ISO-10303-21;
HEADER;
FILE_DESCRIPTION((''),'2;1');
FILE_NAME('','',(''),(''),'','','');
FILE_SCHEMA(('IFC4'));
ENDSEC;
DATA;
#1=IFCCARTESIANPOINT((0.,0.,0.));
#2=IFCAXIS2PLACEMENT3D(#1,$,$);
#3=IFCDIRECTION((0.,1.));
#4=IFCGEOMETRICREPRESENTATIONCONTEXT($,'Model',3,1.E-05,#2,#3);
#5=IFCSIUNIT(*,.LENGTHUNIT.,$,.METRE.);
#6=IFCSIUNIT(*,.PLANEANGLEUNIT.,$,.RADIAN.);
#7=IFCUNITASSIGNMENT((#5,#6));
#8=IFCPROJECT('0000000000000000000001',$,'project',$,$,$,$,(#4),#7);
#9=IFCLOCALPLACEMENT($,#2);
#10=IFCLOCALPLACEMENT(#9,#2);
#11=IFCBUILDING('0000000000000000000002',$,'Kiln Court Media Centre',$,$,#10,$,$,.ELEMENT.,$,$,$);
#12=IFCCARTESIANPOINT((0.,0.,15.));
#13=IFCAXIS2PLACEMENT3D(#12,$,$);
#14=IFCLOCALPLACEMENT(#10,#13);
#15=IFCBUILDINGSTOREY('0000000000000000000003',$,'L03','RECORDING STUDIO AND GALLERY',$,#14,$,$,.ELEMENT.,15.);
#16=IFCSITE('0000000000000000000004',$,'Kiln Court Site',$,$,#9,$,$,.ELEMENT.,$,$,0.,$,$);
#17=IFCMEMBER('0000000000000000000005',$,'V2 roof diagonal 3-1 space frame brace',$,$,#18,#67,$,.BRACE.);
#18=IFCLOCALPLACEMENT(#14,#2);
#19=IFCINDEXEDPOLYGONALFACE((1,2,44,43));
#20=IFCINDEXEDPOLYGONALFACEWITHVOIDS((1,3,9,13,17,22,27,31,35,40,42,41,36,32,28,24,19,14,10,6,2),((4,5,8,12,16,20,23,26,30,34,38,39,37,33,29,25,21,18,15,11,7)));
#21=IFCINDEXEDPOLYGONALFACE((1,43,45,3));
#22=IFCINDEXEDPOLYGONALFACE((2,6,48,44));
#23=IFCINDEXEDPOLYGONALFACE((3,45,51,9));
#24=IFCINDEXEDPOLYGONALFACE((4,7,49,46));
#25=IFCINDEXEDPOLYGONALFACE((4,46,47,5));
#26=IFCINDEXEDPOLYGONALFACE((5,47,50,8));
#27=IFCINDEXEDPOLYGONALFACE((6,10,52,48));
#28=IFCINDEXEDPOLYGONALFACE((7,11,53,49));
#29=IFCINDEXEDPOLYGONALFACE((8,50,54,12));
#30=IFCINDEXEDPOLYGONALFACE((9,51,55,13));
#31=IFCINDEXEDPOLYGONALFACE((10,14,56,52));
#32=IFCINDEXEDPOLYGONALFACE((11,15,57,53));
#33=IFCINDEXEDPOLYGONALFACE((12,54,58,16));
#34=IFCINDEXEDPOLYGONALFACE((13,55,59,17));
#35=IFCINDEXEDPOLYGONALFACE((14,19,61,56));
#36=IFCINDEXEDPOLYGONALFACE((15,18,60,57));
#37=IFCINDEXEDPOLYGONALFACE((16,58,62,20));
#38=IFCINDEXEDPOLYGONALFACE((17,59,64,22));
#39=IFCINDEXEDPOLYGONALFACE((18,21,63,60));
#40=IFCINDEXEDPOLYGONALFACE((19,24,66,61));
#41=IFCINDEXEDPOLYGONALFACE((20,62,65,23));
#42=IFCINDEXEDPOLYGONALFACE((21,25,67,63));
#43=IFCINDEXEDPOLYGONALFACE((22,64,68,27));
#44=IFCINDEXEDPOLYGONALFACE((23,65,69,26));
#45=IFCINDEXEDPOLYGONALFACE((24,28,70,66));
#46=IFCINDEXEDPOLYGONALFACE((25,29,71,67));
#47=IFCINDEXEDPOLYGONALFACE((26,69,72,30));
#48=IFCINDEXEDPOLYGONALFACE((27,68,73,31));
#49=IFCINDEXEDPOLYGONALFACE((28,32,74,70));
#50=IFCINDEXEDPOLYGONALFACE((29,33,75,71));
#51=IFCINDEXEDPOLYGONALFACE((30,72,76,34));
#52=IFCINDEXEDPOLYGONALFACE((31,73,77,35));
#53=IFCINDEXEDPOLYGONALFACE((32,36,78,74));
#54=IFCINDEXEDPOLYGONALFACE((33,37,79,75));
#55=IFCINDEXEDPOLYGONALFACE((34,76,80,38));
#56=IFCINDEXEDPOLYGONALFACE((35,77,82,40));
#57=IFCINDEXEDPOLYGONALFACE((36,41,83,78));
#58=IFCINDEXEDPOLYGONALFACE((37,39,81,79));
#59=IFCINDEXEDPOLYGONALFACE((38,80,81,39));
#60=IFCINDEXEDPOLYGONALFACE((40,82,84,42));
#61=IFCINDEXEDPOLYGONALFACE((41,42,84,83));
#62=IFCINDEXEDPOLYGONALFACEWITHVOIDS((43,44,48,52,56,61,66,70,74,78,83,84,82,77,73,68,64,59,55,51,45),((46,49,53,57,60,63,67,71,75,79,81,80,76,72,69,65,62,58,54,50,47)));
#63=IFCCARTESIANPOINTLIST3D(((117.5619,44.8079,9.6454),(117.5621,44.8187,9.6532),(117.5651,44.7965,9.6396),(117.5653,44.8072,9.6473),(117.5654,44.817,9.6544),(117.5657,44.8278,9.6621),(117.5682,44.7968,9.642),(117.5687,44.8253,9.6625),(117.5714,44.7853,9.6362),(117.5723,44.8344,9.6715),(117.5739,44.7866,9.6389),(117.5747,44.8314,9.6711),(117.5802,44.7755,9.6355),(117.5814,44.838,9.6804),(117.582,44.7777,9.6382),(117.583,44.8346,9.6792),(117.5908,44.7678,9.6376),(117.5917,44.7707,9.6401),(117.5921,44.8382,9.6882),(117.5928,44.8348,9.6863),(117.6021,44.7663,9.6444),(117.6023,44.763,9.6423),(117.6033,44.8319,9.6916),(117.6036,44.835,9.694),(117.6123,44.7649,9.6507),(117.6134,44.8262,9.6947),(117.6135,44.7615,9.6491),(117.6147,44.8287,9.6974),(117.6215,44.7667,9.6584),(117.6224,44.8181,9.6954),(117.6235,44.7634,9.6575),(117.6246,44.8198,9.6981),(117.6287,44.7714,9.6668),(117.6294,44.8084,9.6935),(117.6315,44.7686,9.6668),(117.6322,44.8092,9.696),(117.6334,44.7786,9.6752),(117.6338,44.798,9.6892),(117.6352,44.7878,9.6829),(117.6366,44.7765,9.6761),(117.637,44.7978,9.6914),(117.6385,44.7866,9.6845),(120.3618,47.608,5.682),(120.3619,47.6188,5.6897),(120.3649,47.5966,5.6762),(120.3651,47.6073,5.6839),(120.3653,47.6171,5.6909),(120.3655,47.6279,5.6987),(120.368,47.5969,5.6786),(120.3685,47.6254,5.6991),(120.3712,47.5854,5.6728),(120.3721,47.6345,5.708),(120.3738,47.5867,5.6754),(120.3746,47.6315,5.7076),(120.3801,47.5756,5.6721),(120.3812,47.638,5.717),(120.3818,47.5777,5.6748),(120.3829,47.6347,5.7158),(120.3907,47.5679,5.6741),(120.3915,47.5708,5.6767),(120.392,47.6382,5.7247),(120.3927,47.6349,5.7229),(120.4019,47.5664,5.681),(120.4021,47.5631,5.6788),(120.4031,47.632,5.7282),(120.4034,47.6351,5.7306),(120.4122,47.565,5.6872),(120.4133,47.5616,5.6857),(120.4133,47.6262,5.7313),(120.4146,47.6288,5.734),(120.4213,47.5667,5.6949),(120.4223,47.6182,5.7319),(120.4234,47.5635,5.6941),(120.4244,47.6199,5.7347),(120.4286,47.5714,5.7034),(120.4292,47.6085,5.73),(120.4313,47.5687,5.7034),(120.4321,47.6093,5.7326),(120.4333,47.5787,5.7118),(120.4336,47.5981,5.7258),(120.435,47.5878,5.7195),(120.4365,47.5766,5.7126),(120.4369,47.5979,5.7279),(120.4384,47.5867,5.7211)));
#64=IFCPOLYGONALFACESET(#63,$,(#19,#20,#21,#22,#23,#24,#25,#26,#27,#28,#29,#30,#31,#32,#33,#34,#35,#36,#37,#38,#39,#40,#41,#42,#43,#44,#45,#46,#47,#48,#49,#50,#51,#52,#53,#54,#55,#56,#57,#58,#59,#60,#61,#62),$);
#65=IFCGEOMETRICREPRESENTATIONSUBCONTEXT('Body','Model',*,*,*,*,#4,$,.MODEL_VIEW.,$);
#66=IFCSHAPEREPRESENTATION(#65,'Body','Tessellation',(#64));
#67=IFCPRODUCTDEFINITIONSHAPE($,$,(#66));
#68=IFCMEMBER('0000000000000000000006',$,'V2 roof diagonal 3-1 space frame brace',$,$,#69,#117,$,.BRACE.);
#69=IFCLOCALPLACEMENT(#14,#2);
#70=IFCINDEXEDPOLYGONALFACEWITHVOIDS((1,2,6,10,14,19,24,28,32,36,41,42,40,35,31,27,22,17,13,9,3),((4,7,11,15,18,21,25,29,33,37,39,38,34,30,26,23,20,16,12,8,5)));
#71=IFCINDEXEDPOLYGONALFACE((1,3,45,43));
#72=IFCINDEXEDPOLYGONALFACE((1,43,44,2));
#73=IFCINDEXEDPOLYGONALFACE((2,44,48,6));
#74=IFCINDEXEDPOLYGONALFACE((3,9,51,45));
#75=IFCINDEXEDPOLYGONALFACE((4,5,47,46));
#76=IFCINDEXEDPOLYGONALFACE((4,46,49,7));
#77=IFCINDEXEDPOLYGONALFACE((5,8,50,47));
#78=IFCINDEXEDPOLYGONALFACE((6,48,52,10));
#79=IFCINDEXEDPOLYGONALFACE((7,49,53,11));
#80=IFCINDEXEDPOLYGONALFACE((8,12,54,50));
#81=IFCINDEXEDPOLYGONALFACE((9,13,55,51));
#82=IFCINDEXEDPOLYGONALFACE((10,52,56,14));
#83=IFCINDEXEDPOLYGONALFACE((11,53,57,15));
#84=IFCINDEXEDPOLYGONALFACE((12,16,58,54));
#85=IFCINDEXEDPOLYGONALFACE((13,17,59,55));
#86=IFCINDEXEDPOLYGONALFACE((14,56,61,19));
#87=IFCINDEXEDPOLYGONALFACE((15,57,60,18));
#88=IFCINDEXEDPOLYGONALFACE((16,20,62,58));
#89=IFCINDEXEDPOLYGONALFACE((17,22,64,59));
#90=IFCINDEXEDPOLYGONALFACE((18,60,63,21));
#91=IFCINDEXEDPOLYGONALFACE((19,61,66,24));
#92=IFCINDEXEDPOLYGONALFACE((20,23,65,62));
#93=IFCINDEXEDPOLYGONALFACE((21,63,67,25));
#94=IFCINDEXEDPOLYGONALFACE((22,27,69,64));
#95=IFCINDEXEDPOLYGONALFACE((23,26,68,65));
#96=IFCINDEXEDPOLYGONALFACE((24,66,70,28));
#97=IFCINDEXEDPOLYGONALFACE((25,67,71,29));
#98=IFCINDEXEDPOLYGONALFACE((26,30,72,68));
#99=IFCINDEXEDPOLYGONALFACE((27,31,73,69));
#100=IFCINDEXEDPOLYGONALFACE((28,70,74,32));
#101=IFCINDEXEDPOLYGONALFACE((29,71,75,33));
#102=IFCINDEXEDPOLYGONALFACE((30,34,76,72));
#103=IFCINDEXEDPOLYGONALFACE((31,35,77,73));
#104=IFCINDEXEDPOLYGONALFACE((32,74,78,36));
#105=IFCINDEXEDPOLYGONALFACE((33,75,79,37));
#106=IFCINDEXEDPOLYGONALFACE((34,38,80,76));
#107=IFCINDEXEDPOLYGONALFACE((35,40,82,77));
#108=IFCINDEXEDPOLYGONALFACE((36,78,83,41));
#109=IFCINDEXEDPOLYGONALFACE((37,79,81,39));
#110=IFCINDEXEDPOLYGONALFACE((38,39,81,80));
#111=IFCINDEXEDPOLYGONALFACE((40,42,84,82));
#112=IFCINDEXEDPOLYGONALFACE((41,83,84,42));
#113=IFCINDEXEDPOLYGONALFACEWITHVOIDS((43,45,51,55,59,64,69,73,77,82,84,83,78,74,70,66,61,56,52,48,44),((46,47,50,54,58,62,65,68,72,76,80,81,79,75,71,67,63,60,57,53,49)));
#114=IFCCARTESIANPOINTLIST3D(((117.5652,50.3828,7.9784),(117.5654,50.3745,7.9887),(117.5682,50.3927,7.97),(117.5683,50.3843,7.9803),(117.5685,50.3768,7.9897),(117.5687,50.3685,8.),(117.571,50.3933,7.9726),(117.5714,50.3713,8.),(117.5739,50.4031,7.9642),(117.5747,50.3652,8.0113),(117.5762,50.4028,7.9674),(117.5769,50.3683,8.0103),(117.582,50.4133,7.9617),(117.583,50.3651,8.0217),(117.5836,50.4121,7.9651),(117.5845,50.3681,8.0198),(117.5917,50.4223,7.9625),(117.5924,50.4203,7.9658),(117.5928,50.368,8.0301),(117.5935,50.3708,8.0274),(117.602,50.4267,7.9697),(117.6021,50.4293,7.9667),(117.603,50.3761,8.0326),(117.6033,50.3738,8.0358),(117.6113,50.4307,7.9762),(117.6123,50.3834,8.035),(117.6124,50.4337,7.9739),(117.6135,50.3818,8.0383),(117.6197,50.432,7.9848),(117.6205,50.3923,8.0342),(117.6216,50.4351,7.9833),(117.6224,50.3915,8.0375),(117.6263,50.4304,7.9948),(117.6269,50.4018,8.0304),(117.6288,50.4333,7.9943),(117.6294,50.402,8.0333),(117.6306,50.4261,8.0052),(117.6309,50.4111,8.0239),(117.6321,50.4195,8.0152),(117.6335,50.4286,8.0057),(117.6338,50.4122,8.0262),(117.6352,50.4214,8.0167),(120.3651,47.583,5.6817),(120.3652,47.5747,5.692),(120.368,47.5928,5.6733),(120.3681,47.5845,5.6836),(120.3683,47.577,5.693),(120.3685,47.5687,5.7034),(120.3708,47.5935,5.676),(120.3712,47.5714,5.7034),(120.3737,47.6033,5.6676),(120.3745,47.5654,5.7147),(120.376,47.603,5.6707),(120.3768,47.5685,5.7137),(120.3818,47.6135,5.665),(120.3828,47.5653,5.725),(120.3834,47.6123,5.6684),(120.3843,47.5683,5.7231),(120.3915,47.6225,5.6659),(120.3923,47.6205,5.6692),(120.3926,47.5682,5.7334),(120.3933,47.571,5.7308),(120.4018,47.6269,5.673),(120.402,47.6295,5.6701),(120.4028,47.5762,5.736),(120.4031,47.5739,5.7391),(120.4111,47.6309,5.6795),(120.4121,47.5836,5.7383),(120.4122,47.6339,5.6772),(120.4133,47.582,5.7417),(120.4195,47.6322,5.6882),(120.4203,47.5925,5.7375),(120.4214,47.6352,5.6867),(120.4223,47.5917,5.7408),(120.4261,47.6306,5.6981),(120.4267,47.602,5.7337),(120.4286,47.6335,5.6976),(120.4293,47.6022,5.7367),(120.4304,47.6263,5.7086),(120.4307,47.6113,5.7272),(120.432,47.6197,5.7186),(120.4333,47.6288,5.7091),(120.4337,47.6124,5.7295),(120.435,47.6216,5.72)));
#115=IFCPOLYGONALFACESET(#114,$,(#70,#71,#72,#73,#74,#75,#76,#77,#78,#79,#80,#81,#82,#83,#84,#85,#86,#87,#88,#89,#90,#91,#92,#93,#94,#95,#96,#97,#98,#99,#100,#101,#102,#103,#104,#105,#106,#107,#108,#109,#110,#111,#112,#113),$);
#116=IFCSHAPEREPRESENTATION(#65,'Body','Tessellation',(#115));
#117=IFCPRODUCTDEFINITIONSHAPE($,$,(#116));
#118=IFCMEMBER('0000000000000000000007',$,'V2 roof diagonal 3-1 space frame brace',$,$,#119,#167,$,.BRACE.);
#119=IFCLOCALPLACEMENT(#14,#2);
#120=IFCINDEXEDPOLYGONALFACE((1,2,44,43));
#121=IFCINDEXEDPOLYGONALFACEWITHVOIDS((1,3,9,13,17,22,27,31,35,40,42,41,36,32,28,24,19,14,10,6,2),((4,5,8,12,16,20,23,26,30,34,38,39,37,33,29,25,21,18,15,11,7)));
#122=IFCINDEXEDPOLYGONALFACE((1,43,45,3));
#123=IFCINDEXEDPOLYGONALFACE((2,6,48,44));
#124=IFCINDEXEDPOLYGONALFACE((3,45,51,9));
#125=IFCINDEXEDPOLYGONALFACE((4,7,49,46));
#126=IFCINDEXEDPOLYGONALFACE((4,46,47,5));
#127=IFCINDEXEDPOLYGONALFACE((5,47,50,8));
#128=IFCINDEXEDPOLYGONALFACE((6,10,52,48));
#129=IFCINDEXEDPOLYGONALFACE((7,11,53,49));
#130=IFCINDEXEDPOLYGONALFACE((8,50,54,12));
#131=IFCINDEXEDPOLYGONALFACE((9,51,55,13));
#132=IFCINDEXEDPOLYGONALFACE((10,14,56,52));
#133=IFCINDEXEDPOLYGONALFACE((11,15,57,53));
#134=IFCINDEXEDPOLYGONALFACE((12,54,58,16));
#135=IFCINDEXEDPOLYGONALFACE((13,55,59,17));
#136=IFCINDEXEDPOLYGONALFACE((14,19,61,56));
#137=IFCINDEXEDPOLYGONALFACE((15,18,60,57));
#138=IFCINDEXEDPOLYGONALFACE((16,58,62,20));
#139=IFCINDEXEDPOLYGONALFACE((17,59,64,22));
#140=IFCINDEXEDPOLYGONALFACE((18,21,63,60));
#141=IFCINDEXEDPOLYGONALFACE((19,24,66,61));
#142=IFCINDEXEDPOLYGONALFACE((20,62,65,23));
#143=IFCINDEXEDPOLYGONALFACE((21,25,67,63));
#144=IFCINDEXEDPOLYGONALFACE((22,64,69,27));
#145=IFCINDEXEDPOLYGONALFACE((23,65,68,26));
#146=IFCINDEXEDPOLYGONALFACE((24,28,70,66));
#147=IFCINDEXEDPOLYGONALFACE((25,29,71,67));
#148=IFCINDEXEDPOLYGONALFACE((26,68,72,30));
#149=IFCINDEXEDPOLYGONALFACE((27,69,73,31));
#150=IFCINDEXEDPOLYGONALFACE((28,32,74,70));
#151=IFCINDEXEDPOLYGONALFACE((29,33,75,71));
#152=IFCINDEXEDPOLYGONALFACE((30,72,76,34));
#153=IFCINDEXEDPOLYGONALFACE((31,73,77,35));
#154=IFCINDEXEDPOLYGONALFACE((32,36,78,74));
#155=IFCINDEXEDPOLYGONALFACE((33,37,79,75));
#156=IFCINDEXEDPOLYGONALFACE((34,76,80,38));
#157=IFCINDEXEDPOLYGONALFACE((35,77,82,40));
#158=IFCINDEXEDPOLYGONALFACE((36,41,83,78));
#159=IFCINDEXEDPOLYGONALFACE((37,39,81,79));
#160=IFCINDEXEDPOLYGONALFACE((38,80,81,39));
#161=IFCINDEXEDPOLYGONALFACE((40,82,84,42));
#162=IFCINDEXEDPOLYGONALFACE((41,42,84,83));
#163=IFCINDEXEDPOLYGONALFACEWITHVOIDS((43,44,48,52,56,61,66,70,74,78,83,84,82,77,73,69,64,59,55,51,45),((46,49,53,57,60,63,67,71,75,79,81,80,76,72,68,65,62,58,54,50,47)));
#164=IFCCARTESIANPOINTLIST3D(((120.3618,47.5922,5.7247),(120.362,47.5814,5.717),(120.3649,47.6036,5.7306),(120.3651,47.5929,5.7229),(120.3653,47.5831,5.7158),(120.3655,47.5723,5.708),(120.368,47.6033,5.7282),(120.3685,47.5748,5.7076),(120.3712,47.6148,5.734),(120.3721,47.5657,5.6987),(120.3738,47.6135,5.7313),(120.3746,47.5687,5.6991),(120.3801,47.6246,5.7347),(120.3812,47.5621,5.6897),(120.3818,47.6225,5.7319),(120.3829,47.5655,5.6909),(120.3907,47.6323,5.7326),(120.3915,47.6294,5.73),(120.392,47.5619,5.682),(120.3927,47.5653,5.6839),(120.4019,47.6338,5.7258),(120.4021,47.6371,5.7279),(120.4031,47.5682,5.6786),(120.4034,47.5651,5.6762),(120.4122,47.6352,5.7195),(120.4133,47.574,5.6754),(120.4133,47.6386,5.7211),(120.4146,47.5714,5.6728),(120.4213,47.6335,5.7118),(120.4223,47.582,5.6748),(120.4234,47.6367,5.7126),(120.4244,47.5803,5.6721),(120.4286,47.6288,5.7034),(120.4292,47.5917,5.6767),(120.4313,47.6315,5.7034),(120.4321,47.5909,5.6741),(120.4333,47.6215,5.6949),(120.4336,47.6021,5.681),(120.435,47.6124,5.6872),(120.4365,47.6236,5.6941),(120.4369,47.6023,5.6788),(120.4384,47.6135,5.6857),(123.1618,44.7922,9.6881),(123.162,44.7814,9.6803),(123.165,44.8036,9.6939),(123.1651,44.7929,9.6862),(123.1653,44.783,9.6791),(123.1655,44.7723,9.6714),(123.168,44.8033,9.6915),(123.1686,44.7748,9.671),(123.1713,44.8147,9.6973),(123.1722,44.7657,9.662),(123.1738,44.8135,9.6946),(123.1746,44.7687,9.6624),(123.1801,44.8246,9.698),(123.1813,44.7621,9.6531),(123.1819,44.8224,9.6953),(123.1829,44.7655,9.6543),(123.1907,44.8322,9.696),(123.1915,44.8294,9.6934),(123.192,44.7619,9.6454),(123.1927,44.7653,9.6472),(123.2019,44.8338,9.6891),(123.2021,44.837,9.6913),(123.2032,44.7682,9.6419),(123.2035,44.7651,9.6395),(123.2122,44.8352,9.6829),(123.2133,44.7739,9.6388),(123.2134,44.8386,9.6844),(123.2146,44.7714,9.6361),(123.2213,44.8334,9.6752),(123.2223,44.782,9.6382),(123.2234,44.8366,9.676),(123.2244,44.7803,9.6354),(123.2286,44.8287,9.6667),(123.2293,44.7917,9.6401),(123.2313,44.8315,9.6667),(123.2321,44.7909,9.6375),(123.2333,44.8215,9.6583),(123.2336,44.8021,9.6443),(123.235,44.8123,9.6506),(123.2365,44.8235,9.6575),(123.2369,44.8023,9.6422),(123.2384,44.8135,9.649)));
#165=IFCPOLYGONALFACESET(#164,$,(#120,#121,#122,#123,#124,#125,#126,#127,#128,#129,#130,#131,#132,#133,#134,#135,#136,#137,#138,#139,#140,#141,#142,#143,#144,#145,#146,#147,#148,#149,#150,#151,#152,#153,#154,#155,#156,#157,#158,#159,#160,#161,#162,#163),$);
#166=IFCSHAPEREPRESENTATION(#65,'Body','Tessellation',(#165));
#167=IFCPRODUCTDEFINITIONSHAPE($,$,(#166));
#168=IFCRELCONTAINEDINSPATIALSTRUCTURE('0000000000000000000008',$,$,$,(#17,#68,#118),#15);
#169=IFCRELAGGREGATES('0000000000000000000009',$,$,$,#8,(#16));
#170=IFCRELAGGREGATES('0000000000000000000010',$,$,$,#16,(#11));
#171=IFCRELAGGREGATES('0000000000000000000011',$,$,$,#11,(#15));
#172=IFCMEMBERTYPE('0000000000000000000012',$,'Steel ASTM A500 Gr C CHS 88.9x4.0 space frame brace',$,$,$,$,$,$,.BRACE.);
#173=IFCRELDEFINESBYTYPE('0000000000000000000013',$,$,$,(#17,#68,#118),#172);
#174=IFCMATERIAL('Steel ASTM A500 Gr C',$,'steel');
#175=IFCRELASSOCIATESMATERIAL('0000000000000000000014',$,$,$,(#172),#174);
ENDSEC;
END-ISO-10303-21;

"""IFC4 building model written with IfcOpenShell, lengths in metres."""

from ifc_helpers import new_model, si_unit, direction, frame, origin, origin_2d, place, context, subcontext, project, spatial, hollow_circle, extrude, material, material_profile, profile_set, type_object, element, save


model = new_model("IFC4")

# Units and contexts
model_context = context("Model", 3, precision=1e-05, world=origin(), true_north=direction((0.0, 1.0)))
body_context = subcontext(model_context, "Body", "Model", "MODEL_VIEW")
ifc_project = project(units=[si_unit("LENGTHUNIT", "METRE"), si_unit("PLANEANGLEUNIT", "RADIAN")], contexts=[model_context])

# Site, building, storey
site_placement = place(None, origin())
site = spatial("IfcSite", under=ifc_project, at=site_placement, Name="Kiln Court Site", CompositionType="ELEMENT", RefElevation=0.0)
building_placement = place(site_placement, origin())
building = spatial("IfcBuilding", under=site, at=building_placement, Name="Kiln Court Media Centre", CompositionType="ELEMENT")
storey_placement = place(building_placement, frame((0.0, 0.0, 15.0)))
storey = spatial("IfcBuildingStorey", under=building, at=storey_placement, Name="L03", Description="RECORDING STUDIO AND GALLERY", CompositionType="ELEMENT", Elevation=15.0)

# Members
ifc_material_1 = material(Name="Steel ASTM A500 Gr C", Category="steel")
ifc_material_profile_1 = material_profile(ifc_material_1, hollow_circle(Radius=0.0444, WallThickness=0.0039, at=origin_2d()), Name="CHS 88.9x4.0")
ifc_profile_set_1 = profile_set([ifc_material_profile_1], Name="Steel ASTM A500 Gr C")
member_type_1 = type_object("IfcMemberType", Name="Steel ASTM A500 Gr C CHS 88.9x4.0 space frame brace", PredefinedType="BRACE", material=ifc_profile_set_1)
member_1_placement = place(storey_placement, frame((120.3999, 47.6001, 5.7034), z_axis=(-0.499746, -0.499789, 0.707436), x_axis=(0.707138, -0.707076, 0.0)))
element("IfcMember", 1, at=member_1_placement, inside=storey, type_object=member_type_1, Name="V2 roof diagonal 3-1 space frame brace", PredefinedType="BRACE", context=body_context, shape_type="SweptSolid", body=[
    extrude(hollow_circle(Radius=0.0444, WallThickness=0.0039, at=origin_2d()), origin(), (0.0, 0.0, 1.0), 5.6025),
])
member_2_placement = place(storey_placement, frame((120.3999, 47.6001, 5.7034), z_axis=(-0.611662, 0.611662, 0.501736), x_axis=(-0.707107, -0.707107, 0.0)))
element("IfcMember", 2, at=member_2_placement, inside=storey, type_object=member_type_1, Name="V2 roof diagonal 3-1 space frame brace", PredefinedType="BRACE", context=body_context, shape_type="SweptSolid", body=[
    extrude(hollow_circle(Radius=0.0444, WallThickness=0.0039, at=origin_2d()), origin(), (0.0, 0.0, 1.0), 4.5774),
])
member_3_placement = place(storey_placement, frame((120.3999, 47.6001, 5.7034), z_axis=(0.499778, -0.499778, 0.70742), x_axis=(0.707107, 0.707107, 0.0)))
element("IfcMember", 3, at=member_3_placement, inside=storey, type_object=member_type_1, Name="V2 roof diagonal 3-1 space frame brace", PredefinedType="BRACE", context=body_context, shape_type="SweptSolid", body=[
    extrude(hollow_circle(Radius=0.0444, WallThickness=0.0039, at=origin_2d()), origin(), (0.0, 0.0, 1.0), 5.6025),
])

save(model, "model.ifc")
